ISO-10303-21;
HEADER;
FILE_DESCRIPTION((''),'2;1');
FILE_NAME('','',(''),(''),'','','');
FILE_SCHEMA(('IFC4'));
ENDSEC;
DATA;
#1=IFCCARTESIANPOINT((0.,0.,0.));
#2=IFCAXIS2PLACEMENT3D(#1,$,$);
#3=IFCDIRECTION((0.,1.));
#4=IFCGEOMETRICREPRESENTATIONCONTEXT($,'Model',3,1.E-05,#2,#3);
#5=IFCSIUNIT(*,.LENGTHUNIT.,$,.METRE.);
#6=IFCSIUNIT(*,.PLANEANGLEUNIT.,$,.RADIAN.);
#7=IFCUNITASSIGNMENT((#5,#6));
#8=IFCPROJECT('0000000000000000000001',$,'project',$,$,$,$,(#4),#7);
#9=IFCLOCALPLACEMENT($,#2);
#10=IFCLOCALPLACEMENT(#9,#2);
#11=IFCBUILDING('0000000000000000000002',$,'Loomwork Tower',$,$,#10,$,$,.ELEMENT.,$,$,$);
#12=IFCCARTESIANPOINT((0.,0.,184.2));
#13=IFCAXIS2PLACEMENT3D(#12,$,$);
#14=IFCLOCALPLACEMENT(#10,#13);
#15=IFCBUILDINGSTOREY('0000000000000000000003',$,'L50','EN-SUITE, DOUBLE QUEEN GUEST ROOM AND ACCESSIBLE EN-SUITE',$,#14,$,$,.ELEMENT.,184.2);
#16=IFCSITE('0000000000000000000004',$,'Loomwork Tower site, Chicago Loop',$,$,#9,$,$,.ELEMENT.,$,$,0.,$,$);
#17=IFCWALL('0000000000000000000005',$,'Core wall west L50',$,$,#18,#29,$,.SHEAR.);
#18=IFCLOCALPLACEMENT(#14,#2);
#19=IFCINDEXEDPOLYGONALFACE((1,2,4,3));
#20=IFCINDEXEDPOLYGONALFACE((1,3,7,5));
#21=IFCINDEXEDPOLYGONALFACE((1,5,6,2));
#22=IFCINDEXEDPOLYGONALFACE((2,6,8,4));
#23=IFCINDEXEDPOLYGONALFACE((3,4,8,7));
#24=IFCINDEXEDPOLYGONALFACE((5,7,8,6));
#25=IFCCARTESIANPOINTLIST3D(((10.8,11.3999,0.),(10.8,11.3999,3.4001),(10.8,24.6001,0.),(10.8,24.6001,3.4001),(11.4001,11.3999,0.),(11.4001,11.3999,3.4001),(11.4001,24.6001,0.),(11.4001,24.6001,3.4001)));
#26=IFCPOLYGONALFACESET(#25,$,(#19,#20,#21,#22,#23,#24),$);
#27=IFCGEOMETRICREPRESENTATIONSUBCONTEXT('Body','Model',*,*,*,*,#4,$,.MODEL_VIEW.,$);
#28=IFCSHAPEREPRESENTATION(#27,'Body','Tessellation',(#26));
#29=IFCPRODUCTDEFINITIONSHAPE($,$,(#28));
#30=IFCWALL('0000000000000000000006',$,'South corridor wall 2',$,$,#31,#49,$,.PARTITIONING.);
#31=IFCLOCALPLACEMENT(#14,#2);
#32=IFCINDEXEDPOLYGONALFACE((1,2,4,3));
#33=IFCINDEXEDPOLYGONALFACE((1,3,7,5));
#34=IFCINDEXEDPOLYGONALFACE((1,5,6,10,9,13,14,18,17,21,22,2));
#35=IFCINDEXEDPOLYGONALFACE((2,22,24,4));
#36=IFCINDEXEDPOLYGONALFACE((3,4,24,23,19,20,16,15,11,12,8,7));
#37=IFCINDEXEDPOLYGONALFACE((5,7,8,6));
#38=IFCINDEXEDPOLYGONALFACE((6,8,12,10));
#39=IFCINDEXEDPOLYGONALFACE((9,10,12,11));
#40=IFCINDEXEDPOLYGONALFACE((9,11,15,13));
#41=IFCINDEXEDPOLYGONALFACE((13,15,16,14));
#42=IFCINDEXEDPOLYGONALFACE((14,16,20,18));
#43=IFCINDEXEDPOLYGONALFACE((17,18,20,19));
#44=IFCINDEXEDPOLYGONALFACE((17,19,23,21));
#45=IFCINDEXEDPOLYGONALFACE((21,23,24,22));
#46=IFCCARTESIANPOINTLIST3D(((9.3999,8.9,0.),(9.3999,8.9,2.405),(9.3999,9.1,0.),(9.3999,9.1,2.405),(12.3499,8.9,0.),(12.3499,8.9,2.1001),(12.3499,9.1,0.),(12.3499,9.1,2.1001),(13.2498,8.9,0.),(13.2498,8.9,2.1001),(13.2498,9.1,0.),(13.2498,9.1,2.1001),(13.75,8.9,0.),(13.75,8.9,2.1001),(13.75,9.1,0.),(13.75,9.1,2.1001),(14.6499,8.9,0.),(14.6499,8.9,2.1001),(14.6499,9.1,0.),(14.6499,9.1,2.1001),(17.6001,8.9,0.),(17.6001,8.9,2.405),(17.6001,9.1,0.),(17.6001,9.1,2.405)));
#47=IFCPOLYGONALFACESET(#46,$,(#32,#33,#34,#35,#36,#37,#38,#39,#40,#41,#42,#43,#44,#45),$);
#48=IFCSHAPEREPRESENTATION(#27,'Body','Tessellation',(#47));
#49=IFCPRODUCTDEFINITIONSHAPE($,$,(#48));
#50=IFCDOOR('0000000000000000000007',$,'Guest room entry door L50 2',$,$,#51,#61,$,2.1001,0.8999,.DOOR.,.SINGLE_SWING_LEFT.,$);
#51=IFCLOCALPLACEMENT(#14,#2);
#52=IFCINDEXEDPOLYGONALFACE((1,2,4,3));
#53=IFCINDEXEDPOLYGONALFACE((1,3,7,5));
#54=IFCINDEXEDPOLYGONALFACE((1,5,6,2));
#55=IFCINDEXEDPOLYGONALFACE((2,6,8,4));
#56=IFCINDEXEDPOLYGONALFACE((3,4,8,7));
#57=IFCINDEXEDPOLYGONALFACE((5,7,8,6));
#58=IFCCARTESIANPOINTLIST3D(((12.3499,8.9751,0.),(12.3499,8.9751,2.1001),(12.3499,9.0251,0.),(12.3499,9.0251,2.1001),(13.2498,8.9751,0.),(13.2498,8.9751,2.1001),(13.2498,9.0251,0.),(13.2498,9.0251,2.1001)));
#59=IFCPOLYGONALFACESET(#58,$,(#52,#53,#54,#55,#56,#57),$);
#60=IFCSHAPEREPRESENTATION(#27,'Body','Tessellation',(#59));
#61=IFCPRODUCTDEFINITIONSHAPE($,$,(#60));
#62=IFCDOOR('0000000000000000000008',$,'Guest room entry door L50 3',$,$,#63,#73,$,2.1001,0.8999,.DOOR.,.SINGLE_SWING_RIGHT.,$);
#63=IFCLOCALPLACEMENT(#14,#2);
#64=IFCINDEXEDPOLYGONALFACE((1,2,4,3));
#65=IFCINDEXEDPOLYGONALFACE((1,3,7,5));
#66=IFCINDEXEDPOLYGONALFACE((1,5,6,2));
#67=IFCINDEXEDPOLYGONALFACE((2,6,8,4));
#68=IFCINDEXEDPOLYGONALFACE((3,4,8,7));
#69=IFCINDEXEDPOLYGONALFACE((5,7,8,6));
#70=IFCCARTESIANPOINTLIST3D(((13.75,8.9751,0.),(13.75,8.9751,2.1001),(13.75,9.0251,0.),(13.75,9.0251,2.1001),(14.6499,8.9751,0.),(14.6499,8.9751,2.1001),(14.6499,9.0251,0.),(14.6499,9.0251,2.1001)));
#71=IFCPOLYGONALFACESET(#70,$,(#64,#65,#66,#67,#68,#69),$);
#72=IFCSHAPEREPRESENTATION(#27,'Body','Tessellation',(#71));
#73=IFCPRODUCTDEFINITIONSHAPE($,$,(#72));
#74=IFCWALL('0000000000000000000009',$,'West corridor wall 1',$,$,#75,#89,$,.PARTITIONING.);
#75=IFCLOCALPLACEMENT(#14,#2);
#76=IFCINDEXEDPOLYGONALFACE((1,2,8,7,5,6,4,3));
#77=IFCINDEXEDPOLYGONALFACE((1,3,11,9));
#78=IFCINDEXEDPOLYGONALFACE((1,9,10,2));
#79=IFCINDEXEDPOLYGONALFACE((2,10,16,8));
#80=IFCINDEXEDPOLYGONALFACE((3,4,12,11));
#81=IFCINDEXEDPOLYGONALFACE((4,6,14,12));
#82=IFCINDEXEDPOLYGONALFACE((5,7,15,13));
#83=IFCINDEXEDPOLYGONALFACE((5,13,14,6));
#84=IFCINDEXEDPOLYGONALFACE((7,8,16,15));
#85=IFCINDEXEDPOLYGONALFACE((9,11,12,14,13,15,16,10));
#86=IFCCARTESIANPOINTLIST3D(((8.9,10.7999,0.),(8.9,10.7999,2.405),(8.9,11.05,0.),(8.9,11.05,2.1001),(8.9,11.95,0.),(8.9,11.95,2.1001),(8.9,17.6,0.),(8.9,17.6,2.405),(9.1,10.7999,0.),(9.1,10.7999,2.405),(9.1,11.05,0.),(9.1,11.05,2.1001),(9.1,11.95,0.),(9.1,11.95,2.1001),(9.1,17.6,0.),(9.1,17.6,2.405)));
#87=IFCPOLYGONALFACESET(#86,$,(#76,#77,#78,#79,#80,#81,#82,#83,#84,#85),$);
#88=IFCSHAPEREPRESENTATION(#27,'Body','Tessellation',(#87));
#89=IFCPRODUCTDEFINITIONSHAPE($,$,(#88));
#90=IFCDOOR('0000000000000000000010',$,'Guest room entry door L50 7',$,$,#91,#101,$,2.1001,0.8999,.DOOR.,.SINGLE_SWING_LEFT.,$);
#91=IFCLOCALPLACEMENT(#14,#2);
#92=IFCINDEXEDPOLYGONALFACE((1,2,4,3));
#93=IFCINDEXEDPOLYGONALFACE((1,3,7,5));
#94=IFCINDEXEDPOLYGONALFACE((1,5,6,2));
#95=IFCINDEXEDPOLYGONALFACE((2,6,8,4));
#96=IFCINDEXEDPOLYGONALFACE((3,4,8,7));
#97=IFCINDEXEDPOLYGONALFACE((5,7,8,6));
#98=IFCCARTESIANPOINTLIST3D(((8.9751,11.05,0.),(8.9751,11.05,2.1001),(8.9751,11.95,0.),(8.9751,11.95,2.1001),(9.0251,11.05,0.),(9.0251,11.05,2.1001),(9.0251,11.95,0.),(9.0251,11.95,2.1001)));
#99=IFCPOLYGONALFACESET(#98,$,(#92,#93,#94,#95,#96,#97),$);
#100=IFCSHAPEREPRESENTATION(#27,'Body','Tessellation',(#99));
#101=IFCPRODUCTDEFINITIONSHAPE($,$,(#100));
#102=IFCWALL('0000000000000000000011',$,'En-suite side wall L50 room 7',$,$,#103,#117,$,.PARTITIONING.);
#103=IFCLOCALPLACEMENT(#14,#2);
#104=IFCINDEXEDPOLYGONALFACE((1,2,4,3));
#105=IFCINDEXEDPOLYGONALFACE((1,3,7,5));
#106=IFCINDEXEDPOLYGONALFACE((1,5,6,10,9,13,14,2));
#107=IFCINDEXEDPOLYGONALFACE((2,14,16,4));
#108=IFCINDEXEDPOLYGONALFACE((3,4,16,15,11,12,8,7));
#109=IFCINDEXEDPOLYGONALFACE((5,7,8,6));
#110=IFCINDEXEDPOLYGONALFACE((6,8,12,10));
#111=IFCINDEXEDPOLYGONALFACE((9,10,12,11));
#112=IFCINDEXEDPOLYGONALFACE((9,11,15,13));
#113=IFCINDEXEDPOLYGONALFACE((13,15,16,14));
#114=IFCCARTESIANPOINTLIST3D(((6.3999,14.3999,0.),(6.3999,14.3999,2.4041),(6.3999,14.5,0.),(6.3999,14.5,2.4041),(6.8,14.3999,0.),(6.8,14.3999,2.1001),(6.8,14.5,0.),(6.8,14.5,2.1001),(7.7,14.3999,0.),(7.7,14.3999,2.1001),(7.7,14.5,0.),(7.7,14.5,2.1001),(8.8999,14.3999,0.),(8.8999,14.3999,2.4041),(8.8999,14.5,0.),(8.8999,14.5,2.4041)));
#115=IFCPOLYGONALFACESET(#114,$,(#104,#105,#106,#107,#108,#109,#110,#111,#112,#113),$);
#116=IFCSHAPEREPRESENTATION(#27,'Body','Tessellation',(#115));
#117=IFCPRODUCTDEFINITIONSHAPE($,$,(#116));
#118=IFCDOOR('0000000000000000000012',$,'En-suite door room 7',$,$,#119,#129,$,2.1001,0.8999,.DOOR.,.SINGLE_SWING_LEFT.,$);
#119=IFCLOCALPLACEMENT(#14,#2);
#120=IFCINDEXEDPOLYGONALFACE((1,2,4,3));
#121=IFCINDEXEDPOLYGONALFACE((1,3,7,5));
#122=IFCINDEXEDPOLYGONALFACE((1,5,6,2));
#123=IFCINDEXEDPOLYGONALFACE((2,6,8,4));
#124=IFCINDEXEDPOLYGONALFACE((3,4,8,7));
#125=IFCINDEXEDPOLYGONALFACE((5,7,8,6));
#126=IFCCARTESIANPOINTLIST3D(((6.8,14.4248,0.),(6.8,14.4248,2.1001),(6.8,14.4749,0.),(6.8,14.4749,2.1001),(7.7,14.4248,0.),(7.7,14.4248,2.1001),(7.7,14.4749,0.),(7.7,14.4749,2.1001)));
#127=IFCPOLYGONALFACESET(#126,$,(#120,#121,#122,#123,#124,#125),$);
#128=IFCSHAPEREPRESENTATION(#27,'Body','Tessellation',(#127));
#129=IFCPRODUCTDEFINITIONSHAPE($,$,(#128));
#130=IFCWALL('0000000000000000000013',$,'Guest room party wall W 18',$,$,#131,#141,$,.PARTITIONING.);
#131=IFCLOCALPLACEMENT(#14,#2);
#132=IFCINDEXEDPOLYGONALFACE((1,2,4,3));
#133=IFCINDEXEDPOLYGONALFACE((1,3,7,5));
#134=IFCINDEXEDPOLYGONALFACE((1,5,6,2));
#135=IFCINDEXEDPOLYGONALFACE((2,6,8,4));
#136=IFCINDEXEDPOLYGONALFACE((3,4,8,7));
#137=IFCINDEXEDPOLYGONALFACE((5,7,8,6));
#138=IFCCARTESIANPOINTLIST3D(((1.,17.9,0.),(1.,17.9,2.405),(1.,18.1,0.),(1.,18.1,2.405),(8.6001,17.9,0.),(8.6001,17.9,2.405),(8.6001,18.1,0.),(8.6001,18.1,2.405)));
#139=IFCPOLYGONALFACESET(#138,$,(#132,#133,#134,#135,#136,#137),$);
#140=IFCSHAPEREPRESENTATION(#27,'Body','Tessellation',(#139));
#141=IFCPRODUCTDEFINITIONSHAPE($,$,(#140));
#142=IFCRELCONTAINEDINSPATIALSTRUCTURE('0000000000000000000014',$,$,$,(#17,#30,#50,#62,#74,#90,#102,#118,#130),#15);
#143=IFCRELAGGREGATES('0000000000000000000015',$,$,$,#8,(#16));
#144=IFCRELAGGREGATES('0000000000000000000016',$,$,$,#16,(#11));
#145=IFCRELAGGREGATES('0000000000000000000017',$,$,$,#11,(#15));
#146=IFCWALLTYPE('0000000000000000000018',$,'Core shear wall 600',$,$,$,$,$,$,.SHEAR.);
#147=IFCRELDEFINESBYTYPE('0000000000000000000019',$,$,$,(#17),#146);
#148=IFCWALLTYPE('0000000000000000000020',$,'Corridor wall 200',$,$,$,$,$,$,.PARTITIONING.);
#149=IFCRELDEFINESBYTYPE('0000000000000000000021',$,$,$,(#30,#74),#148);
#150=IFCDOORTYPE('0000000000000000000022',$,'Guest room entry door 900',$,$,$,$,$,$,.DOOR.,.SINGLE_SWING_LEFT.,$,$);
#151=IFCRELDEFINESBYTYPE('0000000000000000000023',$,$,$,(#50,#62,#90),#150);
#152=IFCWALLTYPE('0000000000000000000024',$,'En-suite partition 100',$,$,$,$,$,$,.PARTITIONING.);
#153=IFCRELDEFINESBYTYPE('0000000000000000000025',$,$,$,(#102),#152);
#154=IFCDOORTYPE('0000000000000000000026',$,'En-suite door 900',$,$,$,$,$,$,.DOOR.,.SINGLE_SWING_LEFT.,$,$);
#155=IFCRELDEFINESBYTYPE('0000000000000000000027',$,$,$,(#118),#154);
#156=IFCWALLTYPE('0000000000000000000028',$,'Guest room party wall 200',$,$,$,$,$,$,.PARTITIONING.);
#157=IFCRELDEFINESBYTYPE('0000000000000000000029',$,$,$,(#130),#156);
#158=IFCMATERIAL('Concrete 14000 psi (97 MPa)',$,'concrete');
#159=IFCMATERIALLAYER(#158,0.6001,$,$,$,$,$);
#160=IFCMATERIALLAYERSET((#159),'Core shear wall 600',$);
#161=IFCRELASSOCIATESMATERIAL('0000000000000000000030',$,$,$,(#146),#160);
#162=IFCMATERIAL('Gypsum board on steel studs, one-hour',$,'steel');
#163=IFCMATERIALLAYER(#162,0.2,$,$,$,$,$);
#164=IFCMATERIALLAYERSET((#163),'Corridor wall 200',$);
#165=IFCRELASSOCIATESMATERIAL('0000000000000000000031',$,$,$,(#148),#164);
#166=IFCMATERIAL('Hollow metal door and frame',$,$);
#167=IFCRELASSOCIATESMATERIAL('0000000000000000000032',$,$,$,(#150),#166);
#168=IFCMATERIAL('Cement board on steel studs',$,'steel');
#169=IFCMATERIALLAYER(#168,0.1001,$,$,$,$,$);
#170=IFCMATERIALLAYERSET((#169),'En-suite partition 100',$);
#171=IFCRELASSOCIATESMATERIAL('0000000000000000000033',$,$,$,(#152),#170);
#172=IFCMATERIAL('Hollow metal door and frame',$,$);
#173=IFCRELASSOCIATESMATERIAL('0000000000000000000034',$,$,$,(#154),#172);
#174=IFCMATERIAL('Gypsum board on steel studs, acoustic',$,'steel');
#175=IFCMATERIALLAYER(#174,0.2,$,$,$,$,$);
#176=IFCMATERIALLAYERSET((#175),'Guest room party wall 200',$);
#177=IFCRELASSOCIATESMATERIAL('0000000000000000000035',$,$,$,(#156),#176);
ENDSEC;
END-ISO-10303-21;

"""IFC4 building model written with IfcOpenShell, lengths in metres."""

from ifc_helpers import new_model, si_unit, direction, frame, frame_2d, origin, place, context, subcontext, project, spatial, rectangle, extrude, material, layer, layer_set, type_object, element, fill, save


model = new_model("IFC4")

# Units and contexts
model_context = context("Model", 3, precision=1e-05, world=origin(), true_north=direction((0.0, 1.0)))
body_context = subcontext(model_context, "Body", "Model", "MODEL_VIEW")
ifc_project = project(units=[si_unit("LENGTHUNIT", "METRE"), si_unit("PLANEANGLEUNIT", "RADIAN")], contexts=[model_context])

# Site, building, storey
site_placement = place(None, origin())
site = spatial("IfcSite", under=ifc_project, at=site_placement, Name="Loomwork Tower site, Chicago Loop", CompositionType="ELEMENT", RefElevation=0.0)
building_placement = place(site_placement, origin())
building = spatial("IfcBuilding", under=site, at=building_placement, Name="Loomwork Tower", CompositionType="ELEMENT")
storey_placement = place(building_placement, frame((0.0, 0.0, 184.2)))
storey = spatial("IfcBuildingStorey", under=building, at=storey_placement, Name="L50", Description="EN-SUITE, DOUBLE QUEEN GUEST ROOM AND ACCESSIBLE EN-SUITE", CompositionType="ELEMENT", Elevation=184.2)

# Shared definitions
ifc_material_1 = material(Name="Concrete 14000 psi (97 MPa)", Category="concrete")
ifc_layer_1 = layer(ifc_material_1, 0.6001)
ifc_layer_set_1 = layer_set([ifc_layer_1], Name="Core shear wall 600")
wall_type_1 = type_object("IfcWallType", Name="Core shear wall 600", PredefinedType="SHEAR", material=ifc_layer_set_1)

# Wall
wall_1_placement = place(storey_placement, frame((11.1001, 11.3999, 0.0), z_axis=(0.0, 0.0, 1.0), x_axis=(0.0, 1.0, 0.0)))
element("IfcWall", 1, at=wall_1_placement, inside=storey, type_object=wall_type_1, Name="Core wall west L50", PredefinedType="SHEAR", context=body_context, shape_type="SweptSolid", body=[
    extrude(rectangle(XDim=13.2002, YDim=0.6001, at=frame_2d((6.6001, 0.0))), origin(), (0.0, 0.0, 1.0), 3.4001),
])

# Wall, openings, doors
ifc_material_2 = material(Name="Gypsum board on steel studs, one-hour", Category="steel")
ifc_layer_2 = layer(ifc_material_2, 0.2)
ifc_layer_set_2 = layer_set([ifc_layer_2], Name="Corridor wall 200")
wall_type_2 = type_object("IfcWallType", Name="Corridor wall 200", PredefinedType="PARTITIONING", material=ifc_layer_set_2)
wall_2_placement = place(storey_placement, frame((9.3999, 9.0, 0.0), z_axis=(0.0, 0.0, 1.0), x_axis=(1.0, 0.0, 0.0)))
wall_2 = element("IfcWall", 2, at=wall_2_placement, inside=storey, type_object=wall_type_2, Name="South corridor wall 2", PredefinedType="PARTITIONING", context=body_context, shape_type="SweptSolid", body=[
    extrude(rectangle(XDim=8.2002, YDim=0.2, at=frame_2d((4.1001, 0.0))), origin(), (0.0, 0.0, 1.0), 2.405),
])
opening_1_placement = place(wall_2_placement, frame((2.95, 0.0, 0.0)))
opening_1 = element("IfcOpeningElement", 3, at=opening_1_placement, cuts=wall_2, PredefinedType="OPENING", context=body_context, shape_type="SweptSolid", body=[
    extrude(rectangle(XDim=0.8999, YDim=2.1001, at=frame_2d((0.45, 1.05))), frame((0.0, 0.1099, 0.0), z_axis=(0.0, -1.0, 0.0), x_axis=(1.0, 0.0, 0.0)), (0.0, 0.0, 1.0), 0.22),
])
opening_2_placement = place(wall_2_placement, frame((4.3501, 0.0, 0.0)))
opening_2 = element("IfcOpeningElement", 4, at=opening_2_placement, cuts=wall_2, PredefinedType="OPENING", context=body_context, shape_type="SweptSolid", body=[
    extrude(rectangle(XDim=0.8999, YDim=2.1001, at=frame_2d((0.45, 1.05))), frame((0.0, 0.1099, 0.0), z_axis=(0.0, -1.0, 0.0), x_axis=(1.0, 0.0, 0.0)), (0.0, 0.0, 1.0), 0.22),
])
ifc_material_3 = material(Name="Hollow metal door and frame")
door_type_1 = type_object("IfcDoorType", Name="Guest room entry door 900", OperationType="SINGLE_SWING_LEFT", PredefinedType="DOOR", material=ifc_material_3)
door_1_placement = place(opening_1_placement, frame((0.8999, 0.0, 0.0), z_axis=(0.0, 0.0, 1.0), x_axis=(-1.0, 0.0, 0.0)))
door_1 = element("IfcDoor", 5, at=door_1_placement, inside=storey, type_object=door_type_1, Name="Guest room entry door L50 2", OperationType="SINGLE_SWING_LEFT", OverallHeight=2.1001, OverallWidth=0.8999, PredefinedType="DOOR", context=body_context, shape_type="SweptSolid", body=[
    extrude(rectangle(XDim=0.8999, YDim=2.1001, at=frame_2d((0.45, 1.05))), frame((0.0, 0.0249, 0.0), z_axis=(0.0, -1.0, 0.0), x_axis=(1.0, 0.0, 0.0)), (0.0, 0.0, 1.0), 0.05),
])
fill(opening_1, door_1)
door_2_placement = place(opening_2_placement, frame((0.8999, 0.0, 0.0), z_axis=(0.0, 0.0, 1.0), x_axis=(-1.0, 0.0, 0.0)))
door_2 = element("IfcDoor", 6, at=door_2_placement, inside=storey, type_object=door_type_1, Name="Guest room entry door L50 3", OperationType="SINGLE_SWING_RIGHT", OverallHeight=2.1001, OverallWidth=0.8999, PredefinedType="DOOR", context=body_context, shape_type="SweptSolid", body=[
    extrude(rectangle(XDim=0.8999, YDim=2.1001, at=frame_2d((0.45, 1.05))), frame((0.0, 0.0249, 0.0), z_axis=(0.0, -1.0, 0.0), x_axis=(1.0, 0.0, 0.0)), (0.0, 0.0, 1.0), 0.05),
])
fill(opening_2, door_2)

# Walls, openings, doors
wall_3_placement = place(storey_placement, frame((9.0, 10.8, 0.0), z_axis=(0.0, 0.0, 1.0), x_axis=(0.0, 1.0, 0.0)))
wall_3 = element("IfcWall", 7, at=wall_3_placement, inside=storey, type_object=wall_type_2, Name="West corridor wall 1", PredefinedType="PARTITIONING", context=body_context, shape_type="SweptSolid", body=[
    extrude(rectangle(XDim=6.8, YDim=0.2, at=frame_2d((3.3999, 0.0))), origin(), (0.0, 0.0, 1.0), 2.405),
])
opening_3_placement = place(wall_3_placement, frame((0.25, 0.0, 0.0)))
opening_3 = element("IfcOpeningElement", 8, at=opening_3_placement, cuts=wall_3, PredefinedType="OPENING", context=body_context, shape_type="SweptSolid", body=[
    extrude(rectangle(XDim=0.8999, YDim=2.1001, at=frame_2d((0.45, 1.05))), frame((0.0, 0.1099, 0.0), z_axis=(0.0, -1.0, 0.0), x_axis=(1.0, 0.0, 0.0)), (0.0, 0.0, 1.0), 0.22),
])
door_3_placement = place(opening_3_placement, origin())
door_3 = element("IfcDoor", 9, at=door_3_placement, inside=storey, type_object=door_type_1, Name="Guest room entry door L50 7", OperationType="SINGLE_SWING_LEFT", OverallHeight=2.1001, OverallWidth=0.8999, PredefinedType="DOOR", context=body_context, shape_type="SweptSolid", body=[
    extrude(rectangle(XDim=0.8999, YDim=2.1001, at=frame_2d((0.45, 1.05))), frame((0.0, 0.0249, 0.0), z_axis=(0.0, -1.0, 0.0), x_axis=(1.0, 0.0, 0.0)), (0.0, 0.0, 1.0), 0.05),
])
fill(opening_3, door_3)
ifc_material_4 = material(Name="Cement board on steel studs", Category="steel")
ifc_layer_3 = layer(ifc_material_4, 0.1001)
ifc_layer_set_3 = layer_set([ifc_layer_3], Name="En-suite partition 100")
wall_type_3 = type_object("IfcWallType", Name="En-suite partition 100", PredefinedType="PARTITIONING", material=ifc_layer_set_3)
wall_4_placement = place(storey_placement, frame((8.8999, 14.45, 0.0), z_axis=(0.0, 0.0, 1.0), x_axis=(-1.0, 0.0, 0.0)))
wall_4 = element("IfcWall", 10, at=wall_4_placement, inside=storey, type_object=wall_type_3, Name="En-suite side wall L50 room 7", PredefinedType="PARTITIONING", context=body_context, shape_type="SweptSolid", body=[
    extrude(rectangle(XDim=2.5, YDim=0.1001, at=frame_2d((1.25, 0.0))), origin(), (0.0, 0.0, 1.0), 2.4041),
])
opening_4_placement = place(wall_4_placement, frame((1.2, 0.0, 0.0)))
opening_4 = element("IfcOpeningElement", 11, at=opening_4_placement, cuts=wall_4, PredefinedType="OPENING", context=body_context, shape_type="SweptSolid", body=[
    extrude(rectangle(XDim=0.8999, YDim=2.1001, at=frame_2d((0.45, 1.05))), frame((0.0, 0.0601, 0.0), z_axis=(0.0, -1.0, 0.0), x_axis=(1.0, 0.0, 0.0)), (0.0, 0.0, 1.0), 0.1201),
])
ifc_material_5 = material(Name="Hollow metal door and frame")
door_type_2 = type_object("IfcDoorType", Name="En-suite door 900", OperationType="SINGLE_SWING_LEFT", PredefinedType="DOOR", material=ifc_material_5)
door_4_placement = place(opening_4_placement, frame((0.8999, 0.0, 0.0), z_axis=(0.0, 0.0, 1.0), x_axis=(-1.0, 0.0, 0.0)))
door_4 = element("IfcDoor", 12, at=door_4_placement, inside=storey, type_object=door_type_2, Name="En-suite door room 7", OperationType="SINGLE_SWING_LEFT", OverallHeight=2.1001, OverallWidth=0.8999, PredefinedType="DOOR", context=body_context, shape_type="SweptSolid", body=[
    extrude(rectangle(XDim=0.8999, YDim=2.1001, at=frame_2d((0.45, 1.05))), frame((0.0, 0.0249, 0.0), z_axis=(0.0, -1.0, 0.0), x_axis=(1.0, 0.0, 0.0)), (0.0, 0.0, 1.0), 0.05),
])
fill(opening_4, door_4)

# Wall
ifc_material_6 = material(Name="Gypsum board on steel studs, acoustic", Category="steel")
ifc_layer_4 = layer(ifc_material_6, 0.2)
ifc_layer_set_4 = layer_set([ifc_layer_4], Name="Guest room party wall 200")
wall_type_4 = type_object("IfcWallType", Name="Guest room party wall 200", PredefinedType="PARTITIONING", material=ifc_layer_set_4)
wall_5_placement = place(storey_placement, frame((8.6001, 18.0, 0.0), z_axis=(0.0, 0.0, 1.0), x_axis=(-1.0, 0.0, 0.0)))
element("IfcWall", 13, at=wall_5_placement, inside=storey, type_object=wall_type_4, Name="Guest room party wall W 18", PredefinedType="PARTITIONING", context=body_context, shape_type="SweptSolid", body=[
    extrude(rectangle(XDim=7.6001, YDim=0.2, at=frame_2d((3.8, 0.0))), origin(), (0.0, 0.0, 1.0), 2.405),
])

save(model, "model.ifc")
